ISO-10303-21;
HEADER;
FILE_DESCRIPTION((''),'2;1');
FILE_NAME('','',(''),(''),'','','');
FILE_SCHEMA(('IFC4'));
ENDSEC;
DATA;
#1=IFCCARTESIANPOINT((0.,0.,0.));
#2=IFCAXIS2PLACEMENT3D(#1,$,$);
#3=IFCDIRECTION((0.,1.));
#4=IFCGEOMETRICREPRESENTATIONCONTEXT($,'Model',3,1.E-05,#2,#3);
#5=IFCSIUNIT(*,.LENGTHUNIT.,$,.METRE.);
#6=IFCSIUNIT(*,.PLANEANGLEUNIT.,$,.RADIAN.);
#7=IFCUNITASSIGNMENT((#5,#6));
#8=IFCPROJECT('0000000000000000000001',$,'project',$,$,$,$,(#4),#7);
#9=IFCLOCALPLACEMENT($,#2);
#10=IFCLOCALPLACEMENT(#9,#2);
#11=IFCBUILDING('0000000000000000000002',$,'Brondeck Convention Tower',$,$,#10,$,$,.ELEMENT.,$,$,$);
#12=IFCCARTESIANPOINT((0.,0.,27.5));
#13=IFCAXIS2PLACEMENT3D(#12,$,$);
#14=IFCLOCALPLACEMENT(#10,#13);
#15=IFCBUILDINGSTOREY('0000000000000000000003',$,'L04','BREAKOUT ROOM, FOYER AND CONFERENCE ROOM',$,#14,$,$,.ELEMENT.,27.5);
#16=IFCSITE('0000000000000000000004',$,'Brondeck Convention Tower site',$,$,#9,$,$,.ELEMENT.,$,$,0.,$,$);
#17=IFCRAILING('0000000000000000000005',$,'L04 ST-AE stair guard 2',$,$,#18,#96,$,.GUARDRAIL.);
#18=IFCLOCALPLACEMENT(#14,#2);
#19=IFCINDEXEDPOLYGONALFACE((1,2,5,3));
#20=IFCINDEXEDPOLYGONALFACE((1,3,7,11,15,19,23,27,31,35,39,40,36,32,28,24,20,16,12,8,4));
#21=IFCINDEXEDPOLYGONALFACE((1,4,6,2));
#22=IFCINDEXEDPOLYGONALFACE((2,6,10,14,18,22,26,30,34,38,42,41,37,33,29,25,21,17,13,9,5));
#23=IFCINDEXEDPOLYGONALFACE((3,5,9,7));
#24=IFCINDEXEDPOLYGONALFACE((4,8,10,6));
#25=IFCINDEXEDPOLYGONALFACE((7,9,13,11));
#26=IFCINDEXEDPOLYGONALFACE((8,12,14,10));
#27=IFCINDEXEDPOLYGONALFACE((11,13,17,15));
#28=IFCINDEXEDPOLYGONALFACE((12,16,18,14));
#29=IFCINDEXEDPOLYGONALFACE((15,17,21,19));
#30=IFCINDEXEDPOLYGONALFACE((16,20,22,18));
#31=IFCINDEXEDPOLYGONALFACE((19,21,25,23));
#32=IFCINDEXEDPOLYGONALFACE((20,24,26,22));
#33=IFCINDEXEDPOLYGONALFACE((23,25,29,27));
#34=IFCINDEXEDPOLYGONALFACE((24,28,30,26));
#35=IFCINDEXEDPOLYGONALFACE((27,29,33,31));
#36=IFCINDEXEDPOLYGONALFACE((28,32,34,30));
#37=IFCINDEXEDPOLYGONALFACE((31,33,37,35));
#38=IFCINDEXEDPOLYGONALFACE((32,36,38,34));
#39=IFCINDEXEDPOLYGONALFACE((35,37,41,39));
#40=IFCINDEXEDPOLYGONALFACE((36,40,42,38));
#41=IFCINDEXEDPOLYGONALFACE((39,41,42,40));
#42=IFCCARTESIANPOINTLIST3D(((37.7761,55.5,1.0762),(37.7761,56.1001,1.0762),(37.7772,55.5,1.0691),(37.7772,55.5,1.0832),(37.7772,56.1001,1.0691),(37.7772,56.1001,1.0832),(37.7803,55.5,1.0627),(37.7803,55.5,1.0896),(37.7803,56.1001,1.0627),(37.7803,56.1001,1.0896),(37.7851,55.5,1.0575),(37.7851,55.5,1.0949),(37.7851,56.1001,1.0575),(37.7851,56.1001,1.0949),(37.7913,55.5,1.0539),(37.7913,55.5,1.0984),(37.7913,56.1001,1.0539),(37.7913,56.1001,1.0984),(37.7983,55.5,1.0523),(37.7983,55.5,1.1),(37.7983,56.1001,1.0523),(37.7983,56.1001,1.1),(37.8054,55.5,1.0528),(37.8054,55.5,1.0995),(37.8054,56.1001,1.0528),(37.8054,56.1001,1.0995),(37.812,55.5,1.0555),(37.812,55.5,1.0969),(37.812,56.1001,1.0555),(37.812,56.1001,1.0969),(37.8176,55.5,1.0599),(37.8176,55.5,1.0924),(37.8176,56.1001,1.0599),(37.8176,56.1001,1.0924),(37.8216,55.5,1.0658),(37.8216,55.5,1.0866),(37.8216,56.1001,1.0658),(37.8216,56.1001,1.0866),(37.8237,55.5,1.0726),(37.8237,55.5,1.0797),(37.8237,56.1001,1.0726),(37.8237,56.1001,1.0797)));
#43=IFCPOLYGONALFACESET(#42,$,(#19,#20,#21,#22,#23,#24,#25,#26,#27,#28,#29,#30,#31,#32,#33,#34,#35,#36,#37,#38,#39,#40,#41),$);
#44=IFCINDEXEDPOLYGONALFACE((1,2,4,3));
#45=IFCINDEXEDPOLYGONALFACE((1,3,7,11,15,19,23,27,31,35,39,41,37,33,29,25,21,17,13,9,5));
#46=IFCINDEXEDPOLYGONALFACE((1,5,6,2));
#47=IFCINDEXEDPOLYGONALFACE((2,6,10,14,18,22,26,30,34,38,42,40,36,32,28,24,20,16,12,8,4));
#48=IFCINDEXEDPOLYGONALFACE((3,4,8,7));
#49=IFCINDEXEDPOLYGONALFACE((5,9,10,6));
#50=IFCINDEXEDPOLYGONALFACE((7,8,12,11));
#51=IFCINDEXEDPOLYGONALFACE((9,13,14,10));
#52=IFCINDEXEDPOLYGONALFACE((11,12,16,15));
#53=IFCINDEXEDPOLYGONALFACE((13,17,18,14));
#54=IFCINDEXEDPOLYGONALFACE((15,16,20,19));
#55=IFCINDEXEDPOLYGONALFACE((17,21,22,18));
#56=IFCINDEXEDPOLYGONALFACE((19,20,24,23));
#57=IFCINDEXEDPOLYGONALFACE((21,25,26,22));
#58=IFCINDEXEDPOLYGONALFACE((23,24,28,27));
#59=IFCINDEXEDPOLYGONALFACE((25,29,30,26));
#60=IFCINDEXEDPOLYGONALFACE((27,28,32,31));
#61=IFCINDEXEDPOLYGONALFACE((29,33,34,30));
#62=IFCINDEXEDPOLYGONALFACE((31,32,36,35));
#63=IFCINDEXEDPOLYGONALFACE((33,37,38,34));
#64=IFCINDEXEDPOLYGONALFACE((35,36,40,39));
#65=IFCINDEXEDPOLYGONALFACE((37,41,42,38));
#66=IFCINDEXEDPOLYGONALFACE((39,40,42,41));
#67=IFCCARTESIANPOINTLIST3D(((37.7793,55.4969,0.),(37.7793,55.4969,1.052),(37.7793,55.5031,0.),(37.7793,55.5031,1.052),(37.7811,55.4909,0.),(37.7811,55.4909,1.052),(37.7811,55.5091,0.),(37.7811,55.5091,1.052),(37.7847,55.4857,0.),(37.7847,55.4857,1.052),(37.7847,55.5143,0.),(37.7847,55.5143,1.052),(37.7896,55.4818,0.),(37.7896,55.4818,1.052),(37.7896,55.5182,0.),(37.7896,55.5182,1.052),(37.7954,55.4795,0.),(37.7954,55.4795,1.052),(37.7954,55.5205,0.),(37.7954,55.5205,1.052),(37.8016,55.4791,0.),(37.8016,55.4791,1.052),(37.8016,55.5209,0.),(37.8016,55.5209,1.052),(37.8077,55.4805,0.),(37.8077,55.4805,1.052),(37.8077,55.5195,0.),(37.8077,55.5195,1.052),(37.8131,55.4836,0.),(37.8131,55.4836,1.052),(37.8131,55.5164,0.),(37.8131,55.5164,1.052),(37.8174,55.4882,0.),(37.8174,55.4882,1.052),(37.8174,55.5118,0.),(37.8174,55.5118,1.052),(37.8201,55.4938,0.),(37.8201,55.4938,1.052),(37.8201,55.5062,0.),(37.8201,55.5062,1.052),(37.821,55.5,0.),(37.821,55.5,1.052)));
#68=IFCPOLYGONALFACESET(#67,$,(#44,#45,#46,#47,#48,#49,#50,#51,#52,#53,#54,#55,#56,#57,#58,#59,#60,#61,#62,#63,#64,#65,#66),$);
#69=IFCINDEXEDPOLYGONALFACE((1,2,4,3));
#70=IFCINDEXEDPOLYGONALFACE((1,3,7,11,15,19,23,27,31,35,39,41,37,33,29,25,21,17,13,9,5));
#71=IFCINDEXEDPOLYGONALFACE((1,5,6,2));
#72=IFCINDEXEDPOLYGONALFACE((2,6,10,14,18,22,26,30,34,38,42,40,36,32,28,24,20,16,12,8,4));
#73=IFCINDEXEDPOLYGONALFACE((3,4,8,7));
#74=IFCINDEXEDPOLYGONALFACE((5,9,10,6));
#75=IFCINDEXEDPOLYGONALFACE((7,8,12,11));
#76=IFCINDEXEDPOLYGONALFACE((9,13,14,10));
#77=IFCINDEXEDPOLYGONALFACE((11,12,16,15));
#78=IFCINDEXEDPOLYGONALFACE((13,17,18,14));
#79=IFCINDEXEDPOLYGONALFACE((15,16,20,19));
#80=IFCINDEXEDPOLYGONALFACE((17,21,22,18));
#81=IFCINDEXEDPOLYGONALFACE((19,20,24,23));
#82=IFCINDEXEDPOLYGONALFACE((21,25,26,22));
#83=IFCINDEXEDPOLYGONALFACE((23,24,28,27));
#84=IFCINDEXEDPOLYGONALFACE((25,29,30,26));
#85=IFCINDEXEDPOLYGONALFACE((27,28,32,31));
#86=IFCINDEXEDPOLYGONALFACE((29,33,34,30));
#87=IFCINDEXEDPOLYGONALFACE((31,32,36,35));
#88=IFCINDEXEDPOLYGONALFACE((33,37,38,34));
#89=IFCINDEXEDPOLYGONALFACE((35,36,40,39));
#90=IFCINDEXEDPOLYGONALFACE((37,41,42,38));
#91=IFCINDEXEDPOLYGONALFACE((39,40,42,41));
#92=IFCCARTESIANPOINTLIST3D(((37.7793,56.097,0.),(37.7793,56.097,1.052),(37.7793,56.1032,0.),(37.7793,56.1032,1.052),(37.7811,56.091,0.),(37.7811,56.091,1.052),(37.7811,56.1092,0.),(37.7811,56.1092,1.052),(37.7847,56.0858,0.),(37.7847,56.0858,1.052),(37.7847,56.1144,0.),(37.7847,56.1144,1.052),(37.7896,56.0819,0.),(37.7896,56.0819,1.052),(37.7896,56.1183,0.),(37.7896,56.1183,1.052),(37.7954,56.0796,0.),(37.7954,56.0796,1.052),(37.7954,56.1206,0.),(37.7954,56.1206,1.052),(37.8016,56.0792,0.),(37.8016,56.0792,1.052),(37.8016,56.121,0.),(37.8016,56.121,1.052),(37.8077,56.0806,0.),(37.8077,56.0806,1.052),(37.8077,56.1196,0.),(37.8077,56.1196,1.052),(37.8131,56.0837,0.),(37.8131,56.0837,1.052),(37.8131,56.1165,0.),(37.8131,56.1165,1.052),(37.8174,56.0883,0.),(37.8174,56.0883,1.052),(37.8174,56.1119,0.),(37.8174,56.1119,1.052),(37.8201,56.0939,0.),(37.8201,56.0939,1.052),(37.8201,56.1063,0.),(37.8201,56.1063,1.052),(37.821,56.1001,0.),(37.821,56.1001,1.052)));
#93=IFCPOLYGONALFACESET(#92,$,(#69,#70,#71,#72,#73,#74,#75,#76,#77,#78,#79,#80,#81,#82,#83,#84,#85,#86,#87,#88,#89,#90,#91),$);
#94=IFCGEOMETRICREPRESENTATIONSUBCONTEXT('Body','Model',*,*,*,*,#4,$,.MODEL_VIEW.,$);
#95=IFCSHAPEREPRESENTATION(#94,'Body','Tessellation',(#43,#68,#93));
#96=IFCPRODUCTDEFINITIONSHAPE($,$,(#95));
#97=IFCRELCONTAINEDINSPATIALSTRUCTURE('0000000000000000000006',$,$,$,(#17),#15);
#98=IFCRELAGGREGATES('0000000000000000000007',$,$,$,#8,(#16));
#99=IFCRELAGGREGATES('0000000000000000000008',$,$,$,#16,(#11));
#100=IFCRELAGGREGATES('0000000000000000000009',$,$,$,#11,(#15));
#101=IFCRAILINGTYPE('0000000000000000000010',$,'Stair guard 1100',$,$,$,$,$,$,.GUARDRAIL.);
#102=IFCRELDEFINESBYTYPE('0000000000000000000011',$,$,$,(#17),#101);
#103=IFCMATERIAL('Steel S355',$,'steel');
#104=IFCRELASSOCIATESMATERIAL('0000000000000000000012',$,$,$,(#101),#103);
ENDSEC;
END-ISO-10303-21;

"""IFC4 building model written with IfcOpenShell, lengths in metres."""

from ifc_helpers import new_model, si_unit, direction, frame, origin, origin_2d, place, context, subcontext, project, spatial, circle, extrude, material, type_object, element, save


model = new_model("IFC4")

# Units and contexts
model_context = context("Model", 3, precision=1e-05, world=origin(), true_north=direction((0.0, 1.0)))
body_context = subcontext(model_context, "Body", "Model", "MODEL_VIEW")
ifc_project = project(units=[si_unit("LENGTHUNIT", "METRE"), si_unit("PLANEANGLEUNIT", "RADIAN")], contexts=[model_context])

# Site, building, storey
site_placement = place(None, origin())
site = spatial("IfcSite", under=ifc_project, at=site_placement, Name="Brondeck Convention Tower site", CompositionType="ELEMENT", RefElevation=0.0)
building_placement = place(site_placement, origin())
building = spatial("IfcBuilding", under=site, at=building_placement, Name="Brondeck Convention Tower", CompositionType="ELEMENT")
storey_placement = place(building_placement, frame((0.0, 0.0, 27.5)))
storey = spatial("IfcBuildingStorey", under=building, at=storey_placement, Name="L04", Description="BREAKOUT ROOM, FOYER AND CONFERENCE ROOM", CompositionType="ELEMENT", Elevation=27.5)

# Shared definitions
ifc_material_1 = material(Name="Steel S355", Category="steel")

# Railing
railing_type_1 = type_object("IfcRailingType", Name="Stair guard 1100", PredefinedType="GUARDRAIL", material=ifc_material_1)
railing_1_placement = place(storey_placement, frame((37.8, 55.5, 0.0)))
element("IfcRailing", 1, at=railing_1_placement, inside=storey, type_object=railing_type_1, Name="L04 ST-AE stair guard 2", PredefinedType="GUARDRAIL", context=body_context, shape_type="SweptSolid", body=[
    extrude(circle(Radius=0.0239, at=origin_2d()), frame((0.0, 0.0, 1.0762), z_axis=(0.0, 1.0, 0.0), x_axis=(-1.0, 0.0, 0.0)), (0.0, 0.0, 1.0), 0.6001),
    extrude(circle(Radius=0.021, at=origin_2d()), origin(), (0.0, 0.0, 1.0), 1.052),
    extrude(circle(Radius=0.021, at=origin_2d()), frame((0.0, 0.6001, 0.0)), (0.0, 0.0, 1.0), 1.052),
])

save(model, "model.ifc")
